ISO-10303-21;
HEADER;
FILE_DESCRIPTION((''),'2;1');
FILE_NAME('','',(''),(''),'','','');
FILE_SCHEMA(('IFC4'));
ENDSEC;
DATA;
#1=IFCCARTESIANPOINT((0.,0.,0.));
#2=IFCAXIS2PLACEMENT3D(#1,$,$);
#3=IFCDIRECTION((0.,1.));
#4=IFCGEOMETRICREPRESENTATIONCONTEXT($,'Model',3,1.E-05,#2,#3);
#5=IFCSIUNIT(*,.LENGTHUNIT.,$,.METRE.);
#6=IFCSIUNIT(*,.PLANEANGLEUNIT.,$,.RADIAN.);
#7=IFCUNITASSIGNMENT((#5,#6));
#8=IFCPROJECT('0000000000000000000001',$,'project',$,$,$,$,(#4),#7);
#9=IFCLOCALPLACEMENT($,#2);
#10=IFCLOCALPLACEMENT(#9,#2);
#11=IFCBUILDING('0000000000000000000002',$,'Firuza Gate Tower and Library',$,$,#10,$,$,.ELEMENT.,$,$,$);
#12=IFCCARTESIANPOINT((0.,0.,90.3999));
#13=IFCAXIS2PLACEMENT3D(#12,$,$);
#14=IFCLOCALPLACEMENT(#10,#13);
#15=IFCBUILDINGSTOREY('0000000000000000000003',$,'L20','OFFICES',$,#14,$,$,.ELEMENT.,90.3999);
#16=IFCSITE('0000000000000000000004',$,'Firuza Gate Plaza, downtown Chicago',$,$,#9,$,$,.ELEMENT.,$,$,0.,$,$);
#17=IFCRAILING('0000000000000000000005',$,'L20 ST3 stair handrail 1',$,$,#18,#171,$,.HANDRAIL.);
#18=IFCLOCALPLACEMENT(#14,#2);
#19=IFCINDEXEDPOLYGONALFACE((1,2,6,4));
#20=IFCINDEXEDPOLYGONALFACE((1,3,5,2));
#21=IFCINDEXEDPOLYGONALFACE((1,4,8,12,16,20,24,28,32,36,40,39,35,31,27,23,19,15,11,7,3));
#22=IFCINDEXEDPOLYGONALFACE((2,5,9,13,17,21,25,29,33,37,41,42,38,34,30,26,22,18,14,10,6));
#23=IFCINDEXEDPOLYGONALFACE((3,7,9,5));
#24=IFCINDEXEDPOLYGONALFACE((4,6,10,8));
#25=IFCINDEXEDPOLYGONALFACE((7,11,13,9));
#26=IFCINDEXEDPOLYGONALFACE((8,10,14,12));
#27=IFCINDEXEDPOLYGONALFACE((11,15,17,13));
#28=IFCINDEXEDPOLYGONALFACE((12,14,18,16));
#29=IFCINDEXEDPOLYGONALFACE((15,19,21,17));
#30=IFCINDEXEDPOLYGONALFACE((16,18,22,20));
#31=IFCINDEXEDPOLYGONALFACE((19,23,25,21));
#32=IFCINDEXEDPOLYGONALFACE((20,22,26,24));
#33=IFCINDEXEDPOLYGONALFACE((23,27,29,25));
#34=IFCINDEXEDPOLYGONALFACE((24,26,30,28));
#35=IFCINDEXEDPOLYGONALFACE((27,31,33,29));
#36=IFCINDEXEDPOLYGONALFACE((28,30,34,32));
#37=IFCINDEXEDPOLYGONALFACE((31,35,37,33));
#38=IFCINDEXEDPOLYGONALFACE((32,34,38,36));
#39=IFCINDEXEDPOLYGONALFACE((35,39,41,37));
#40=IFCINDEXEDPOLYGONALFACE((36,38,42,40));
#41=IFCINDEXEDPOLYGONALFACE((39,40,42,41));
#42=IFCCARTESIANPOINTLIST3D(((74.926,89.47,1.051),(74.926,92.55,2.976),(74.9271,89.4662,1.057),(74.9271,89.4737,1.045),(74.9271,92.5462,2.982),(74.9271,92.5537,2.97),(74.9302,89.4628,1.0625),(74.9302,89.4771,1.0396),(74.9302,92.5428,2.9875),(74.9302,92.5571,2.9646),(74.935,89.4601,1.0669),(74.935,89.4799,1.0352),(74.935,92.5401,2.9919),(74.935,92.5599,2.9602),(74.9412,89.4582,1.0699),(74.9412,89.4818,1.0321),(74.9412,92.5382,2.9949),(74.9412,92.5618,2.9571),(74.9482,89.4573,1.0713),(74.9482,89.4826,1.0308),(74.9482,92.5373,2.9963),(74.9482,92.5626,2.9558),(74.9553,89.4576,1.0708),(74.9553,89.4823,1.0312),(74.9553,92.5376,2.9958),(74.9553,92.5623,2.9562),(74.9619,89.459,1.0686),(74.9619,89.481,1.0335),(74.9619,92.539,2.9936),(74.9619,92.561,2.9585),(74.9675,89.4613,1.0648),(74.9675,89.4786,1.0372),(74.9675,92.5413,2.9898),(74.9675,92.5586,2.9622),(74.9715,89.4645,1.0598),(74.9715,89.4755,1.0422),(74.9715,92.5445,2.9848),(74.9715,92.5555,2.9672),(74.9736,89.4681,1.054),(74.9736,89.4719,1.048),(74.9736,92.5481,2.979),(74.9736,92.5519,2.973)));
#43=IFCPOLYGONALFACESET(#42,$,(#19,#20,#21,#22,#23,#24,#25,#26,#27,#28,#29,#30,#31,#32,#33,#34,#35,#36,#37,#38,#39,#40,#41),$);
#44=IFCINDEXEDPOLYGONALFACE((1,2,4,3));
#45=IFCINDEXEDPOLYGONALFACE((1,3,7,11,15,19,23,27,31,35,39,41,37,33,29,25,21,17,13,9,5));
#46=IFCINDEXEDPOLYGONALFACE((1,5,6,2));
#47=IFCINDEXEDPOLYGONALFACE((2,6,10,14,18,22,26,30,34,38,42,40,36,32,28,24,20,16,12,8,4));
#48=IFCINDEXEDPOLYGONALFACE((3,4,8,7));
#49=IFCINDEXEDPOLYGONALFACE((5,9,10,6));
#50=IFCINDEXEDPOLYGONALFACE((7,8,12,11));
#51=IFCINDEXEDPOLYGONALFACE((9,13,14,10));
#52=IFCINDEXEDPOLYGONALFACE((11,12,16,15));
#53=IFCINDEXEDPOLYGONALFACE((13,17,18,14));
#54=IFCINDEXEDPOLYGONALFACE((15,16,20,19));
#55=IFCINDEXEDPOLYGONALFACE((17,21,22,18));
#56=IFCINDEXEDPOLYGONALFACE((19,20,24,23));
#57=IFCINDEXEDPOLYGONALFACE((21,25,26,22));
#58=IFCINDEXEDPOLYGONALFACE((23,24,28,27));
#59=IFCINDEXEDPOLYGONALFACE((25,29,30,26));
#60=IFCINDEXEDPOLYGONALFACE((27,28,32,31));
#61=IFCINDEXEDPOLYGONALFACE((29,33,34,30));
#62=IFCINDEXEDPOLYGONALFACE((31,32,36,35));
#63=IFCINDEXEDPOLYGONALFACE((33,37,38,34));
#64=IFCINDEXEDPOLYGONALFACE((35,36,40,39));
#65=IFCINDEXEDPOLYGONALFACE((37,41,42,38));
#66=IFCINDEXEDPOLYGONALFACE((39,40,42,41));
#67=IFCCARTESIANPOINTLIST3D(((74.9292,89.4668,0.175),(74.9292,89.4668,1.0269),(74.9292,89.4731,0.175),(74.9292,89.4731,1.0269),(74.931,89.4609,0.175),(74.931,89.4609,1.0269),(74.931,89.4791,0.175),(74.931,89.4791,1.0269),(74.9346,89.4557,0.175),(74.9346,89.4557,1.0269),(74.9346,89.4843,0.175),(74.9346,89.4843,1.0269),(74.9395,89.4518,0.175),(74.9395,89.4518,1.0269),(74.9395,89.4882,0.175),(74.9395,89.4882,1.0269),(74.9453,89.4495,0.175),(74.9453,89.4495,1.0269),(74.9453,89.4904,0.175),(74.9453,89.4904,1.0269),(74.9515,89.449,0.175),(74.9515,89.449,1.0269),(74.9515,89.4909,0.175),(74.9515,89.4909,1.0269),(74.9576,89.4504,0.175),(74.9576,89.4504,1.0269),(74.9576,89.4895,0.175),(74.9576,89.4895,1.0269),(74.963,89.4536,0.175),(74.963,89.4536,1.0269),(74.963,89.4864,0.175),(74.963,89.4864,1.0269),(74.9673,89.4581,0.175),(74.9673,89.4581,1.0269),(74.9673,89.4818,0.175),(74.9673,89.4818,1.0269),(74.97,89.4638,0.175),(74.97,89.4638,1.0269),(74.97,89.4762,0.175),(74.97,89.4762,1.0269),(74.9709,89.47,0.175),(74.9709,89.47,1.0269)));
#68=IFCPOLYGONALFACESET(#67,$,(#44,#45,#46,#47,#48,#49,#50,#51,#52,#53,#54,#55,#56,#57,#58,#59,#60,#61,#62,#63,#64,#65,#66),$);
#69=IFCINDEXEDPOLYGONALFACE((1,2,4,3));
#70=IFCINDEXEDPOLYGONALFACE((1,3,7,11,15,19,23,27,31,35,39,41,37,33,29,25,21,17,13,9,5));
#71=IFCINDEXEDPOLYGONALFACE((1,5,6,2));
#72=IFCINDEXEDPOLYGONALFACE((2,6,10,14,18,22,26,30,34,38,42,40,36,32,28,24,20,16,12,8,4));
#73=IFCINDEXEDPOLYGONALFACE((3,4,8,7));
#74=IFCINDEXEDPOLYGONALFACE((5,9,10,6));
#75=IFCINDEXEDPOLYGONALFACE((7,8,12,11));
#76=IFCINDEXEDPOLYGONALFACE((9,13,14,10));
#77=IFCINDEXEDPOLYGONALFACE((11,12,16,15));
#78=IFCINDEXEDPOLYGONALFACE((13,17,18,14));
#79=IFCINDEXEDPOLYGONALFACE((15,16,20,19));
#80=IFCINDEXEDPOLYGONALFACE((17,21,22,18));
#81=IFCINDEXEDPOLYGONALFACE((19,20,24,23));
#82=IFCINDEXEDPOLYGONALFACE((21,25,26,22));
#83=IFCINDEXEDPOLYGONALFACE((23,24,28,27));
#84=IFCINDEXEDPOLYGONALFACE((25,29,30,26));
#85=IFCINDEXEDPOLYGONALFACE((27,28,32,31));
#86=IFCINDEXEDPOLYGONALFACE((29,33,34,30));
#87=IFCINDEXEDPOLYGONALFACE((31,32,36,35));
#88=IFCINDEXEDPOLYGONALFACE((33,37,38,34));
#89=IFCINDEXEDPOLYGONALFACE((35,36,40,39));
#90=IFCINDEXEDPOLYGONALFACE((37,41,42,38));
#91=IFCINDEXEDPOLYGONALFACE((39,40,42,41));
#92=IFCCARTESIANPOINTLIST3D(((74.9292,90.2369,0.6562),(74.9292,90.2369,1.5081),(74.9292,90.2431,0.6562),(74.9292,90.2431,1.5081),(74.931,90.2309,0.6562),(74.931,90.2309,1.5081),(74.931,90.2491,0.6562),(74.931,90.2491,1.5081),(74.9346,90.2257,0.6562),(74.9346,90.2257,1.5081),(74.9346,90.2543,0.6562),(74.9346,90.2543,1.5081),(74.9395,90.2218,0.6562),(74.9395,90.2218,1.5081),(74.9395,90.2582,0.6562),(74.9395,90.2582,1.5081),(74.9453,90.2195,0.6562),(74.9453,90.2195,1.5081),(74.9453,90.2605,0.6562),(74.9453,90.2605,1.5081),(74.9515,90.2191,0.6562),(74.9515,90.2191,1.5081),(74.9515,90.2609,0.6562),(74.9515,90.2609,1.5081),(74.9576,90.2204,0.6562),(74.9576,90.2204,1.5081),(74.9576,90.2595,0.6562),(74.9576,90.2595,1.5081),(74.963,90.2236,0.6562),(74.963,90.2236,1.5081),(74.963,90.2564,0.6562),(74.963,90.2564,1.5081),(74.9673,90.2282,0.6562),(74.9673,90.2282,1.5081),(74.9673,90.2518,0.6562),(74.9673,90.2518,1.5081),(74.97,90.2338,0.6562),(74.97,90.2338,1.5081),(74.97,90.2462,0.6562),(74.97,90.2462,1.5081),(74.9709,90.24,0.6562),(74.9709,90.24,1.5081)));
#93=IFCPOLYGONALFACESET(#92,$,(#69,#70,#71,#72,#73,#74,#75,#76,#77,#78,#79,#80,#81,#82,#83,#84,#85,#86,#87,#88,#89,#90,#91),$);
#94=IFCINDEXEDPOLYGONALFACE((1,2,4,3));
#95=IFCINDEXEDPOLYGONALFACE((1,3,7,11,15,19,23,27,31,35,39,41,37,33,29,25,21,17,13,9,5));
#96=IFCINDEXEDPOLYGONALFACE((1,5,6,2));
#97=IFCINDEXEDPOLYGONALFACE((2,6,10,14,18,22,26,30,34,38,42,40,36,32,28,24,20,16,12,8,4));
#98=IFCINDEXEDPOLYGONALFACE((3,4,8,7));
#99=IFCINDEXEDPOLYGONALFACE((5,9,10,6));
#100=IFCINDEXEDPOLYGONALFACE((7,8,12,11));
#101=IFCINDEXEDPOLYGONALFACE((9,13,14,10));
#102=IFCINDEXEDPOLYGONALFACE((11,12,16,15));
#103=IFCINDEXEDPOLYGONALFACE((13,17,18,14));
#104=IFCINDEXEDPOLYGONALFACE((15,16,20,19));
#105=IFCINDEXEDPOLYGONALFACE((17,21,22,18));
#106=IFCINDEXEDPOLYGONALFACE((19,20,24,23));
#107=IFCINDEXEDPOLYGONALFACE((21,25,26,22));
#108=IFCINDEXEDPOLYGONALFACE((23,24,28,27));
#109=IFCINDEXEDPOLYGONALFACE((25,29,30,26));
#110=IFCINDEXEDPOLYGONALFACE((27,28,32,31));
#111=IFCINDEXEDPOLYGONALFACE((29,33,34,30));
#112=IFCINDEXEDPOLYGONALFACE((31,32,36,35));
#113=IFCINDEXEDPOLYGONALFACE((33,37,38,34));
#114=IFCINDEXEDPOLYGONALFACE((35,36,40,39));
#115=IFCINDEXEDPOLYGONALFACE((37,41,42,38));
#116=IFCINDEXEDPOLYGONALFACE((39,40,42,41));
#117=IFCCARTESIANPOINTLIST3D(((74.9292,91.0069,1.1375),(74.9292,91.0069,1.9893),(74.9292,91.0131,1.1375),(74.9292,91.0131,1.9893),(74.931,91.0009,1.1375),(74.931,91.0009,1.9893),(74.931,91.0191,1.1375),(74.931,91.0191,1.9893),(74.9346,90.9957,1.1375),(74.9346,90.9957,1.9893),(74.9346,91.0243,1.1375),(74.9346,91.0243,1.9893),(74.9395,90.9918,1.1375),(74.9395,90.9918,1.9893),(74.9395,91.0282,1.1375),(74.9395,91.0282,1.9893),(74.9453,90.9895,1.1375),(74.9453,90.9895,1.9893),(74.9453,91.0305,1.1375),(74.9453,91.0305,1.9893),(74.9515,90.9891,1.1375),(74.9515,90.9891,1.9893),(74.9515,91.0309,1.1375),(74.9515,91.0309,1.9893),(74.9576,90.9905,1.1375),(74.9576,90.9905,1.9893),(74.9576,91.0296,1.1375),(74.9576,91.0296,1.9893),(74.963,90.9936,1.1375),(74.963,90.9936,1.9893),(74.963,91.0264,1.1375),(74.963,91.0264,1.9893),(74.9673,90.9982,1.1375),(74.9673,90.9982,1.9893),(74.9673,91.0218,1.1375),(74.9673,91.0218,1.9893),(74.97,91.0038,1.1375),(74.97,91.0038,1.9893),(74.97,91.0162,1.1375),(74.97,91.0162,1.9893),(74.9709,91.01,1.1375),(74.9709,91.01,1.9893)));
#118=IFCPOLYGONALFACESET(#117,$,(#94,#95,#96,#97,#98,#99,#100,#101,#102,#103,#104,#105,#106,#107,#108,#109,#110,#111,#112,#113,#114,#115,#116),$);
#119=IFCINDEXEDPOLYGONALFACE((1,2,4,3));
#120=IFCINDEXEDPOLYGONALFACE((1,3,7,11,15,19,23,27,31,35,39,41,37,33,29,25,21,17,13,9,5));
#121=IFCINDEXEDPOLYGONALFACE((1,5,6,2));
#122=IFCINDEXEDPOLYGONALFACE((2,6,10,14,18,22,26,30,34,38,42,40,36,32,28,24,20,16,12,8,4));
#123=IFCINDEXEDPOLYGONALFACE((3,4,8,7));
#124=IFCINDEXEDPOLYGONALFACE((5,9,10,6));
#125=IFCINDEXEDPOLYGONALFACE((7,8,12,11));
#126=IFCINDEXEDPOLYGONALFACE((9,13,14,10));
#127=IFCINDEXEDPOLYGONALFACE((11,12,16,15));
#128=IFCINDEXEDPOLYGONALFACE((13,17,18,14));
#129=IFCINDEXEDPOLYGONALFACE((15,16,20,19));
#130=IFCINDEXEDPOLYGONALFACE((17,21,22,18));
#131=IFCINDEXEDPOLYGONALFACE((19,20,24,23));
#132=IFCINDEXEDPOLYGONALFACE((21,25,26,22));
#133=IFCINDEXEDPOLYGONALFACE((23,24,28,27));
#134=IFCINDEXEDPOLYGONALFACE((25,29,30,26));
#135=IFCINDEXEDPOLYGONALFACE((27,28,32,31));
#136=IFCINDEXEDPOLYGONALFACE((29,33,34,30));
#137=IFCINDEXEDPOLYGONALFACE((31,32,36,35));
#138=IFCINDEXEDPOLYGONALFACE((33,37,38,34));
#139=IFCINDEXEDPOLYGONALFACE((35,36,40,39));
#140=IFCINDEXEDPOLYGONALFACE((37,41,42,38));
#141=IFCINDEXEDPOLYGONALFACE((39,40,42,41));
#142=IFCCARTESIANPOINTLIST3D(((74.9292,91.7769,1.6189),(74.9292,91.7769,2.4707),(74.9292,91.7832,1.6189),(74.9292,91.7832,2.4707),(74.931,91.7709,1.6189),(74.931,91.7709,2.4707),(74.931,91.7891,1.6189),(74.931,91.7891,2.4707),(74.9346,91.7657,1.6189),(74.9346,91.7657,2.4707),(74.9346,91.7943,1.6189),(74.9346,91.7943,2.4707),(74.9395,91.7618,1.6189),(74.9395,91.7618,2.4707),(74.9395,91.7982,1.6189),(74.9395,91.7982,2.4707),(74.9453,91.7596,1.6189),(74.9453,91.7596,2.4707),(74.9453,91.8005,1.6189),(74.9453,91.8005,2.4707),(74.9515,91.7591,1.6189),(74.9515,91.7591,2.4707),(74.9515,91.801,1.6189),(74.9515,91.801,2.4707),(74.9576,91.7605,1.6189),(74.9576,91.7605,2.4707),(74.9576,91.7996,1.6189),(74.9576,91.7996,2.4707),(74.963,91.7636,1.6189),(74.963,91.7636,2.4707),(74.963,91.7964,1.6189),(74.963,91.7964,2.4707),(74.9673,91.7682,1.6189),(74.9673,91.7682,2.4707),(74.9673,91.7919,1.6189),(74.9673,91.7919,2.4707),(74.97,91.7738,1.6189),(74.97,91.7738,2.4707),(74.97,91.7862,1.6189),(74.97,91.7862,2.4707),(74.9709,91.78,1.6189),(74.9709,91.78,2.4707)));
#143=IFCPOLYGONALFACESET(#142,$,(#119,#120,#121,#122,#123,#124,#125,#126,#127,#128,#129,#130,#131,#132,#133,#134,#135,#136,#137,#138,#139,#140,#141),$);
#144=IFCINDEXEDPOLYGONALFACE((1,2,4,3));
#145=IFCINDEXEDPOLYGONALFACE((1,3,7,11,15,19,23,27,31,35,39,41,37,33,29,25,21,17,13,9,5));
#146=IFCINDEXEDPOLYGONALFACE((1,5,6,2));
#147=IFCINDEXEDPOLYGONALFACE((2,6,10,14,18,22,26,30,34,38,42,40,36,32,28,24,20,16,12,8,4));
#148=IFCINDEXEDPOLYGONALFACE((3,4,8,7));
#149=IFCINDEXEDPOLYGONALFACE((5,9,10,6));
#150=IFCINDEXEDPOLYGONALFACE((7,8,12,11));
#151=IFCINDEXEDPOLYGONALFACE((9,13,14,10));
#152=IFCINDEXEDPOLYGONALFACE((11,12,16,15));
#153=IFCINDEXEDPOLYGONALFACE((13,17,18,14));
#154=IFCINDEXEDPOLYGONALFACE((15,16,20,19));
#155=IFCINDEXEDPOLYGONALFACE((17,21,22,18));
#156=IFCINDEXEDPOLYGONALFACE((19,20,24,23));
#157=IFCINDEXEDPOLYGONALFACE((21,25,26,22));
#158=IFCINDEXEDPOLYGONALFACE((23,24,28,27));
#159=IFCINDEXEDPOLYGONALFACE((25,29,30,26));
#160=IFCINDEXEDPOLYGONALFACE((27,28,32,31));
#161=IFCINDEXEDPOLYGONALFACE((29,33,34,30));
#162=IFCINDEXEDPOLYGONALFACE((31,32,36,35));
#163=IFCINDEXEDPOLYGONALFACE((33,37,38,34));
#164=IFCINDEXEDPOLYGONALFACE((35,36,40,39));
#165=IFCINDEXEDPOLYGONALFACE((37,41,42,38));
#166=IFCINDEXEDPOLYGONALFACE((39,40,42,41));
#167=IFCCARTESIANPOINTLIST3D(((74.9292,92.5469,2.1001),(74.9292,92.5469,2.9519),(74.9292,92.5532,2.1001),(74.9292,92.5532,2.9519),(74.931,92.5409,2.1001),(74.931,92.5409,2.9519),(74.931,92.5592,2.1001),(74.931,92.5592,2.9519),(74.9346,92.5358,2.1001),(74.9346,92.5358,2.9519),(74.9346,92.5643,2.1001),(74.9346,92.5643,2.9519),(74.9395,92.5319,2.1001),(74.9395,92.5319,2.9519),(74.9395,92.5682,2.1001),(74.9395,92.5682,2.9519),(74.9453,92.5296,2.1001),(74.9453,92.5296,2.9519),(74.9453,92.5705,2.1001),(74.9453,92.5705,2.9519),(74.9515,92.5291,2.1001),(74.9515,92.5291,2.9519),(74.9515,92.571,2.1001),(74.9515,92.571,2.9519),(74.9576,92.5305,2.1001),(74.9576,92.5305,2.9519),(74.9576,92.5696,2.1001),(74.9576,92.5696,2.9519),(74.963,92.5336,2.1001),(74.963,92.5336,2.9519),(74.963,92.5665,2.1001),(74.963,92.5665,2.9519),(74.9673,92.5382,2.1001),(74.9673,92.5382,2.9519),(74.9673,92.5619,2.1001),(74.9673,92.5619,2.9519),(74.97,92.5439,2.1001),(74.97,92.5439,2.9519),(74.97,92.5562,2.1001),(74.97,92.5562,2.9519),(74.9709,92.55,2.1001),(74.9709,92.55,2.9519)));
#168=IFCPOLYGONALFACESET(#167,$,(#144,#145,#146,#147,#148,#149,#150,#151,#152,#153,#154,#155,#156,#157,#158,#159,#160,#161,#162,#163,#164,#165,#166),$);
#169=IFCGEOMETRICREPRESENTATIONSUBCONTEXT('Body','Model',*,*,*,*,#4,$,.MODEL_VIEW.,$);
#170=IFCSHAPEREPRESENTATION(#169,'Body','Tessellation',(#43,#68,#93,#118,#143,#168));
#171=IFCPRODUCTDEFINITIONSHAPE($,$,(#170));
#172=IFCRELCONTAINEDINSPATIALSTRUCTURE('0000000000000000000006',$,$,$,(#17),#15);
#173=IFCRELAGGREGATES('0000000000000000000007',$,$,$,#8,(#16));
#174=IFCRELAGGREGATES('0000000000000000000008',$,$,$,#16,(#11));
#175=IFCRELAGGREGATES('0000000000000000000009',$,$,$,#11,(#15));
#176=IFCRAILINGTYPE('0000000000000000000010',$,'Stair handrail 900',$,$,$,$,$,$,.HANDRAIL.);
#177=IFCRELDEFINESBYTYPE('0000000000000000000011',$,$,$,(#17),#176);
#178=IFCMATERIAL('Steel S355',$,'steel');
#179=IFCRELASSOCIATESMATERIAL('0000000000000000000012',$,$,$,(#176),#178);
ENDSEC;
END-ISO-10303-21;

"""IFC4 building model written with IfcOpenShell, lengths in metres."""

from ifc_helpers import new_model, si_unit, direction, frame, origin, origin_2d, place, context, subcontext, project, spatial, circle, extrude, material, type_object, element, save


model = new_model("IFC4")

# Units and contexts
model_context = context("Model", 3, precision=1e-05, world=origin(), true_north=direction((0.0, 1.0)))
body_context = subcontext(model_context, "Body", "Model", "MODEL_VIEW")
ifc_project = project(units=[si_unit("LENGTHUNIT", "METRE"), si_unit("PLANEANGLEUNIT", "RADIAN")], contexts=[model_context])

# Site, building, storey
site_placement = place(None, origin())
site = spatial("IfcSite", under=ifc_project, at=site_placement, Name="Firuza Gate Plaza, downtown Chicago", CompositionType="ELEMENT", RefElevation=0.0)
building_placement = place(site_placement, origin())
building = spatial("IfcBuilding", under=site, at=building_placement, Name="Firuza Gate Tower and Library", CompositionType="ELEMENT")
storey_placement = place(building_placement, frame((0.0, 0.0, 90.3999)))
storey = spatial("IfcBuildingStorey", under=building, at=storey_placement, Name="L20", Description="OFFICES", CompositionType="ELEMENT", Elevation=90.3999)

# Railing
ifc_material_1 = material(Name="Steel S355", Category="steel")
railing_type = type_object("IfcRailingType", Name="Stair handrail 900", PredefinedType="HANDRAIL", material=ifc_material_1)
railing_placement = place(storey_placement, frame((74.95, 89.47, 0.175)))
element("IfcRailing", 1, at=railing_placement, inside=storey, type_object=railing_type, Name="L20 ST3 stair handrail 1", PredefinedType="HANDRAIL", context=body_context, shape_type="SweptSolid", body=[
    extrude(circle(Radius=0.0239, at=origin_2d()), frame((0.0, 0.0, 0.876), z_axis=(0.0, 0.847998, 0.529999), x_axis=(-1.0, 0.0, 0.0)), (0.0, 0.0, 1.0), 3.6321),
    extrude(circle(Radius=0.021, at=origin_2d()), origin(), (0.0, 0.0, 1.0), 0.8518),
    extrude(circle(Radius=0.021, at=origin_2d()), frame((0.0, 0.77, 0.4812)), (0.0, 0.0, 1.0), 0.8518),
    extrude(circle(Radius=0.021, at=origin_2d()), frame((0.0, 1.54, 0.9624)), (0.0, 0.0, 1.0), 0.8518),
    extrude(circle(Radius=0.021, at=origin_2d()), frame((0.0, 2.3101, 1.4438)), (0.0, 0.0, 1.0), 0.8518),
    extrude(circle(Radius=0.021, at=origin_2d()), frame((0.0, 3.0801, 1.925)), (0.0, 0.0, 1.0), 0.8518),
])

save(model, "model.ifc")
